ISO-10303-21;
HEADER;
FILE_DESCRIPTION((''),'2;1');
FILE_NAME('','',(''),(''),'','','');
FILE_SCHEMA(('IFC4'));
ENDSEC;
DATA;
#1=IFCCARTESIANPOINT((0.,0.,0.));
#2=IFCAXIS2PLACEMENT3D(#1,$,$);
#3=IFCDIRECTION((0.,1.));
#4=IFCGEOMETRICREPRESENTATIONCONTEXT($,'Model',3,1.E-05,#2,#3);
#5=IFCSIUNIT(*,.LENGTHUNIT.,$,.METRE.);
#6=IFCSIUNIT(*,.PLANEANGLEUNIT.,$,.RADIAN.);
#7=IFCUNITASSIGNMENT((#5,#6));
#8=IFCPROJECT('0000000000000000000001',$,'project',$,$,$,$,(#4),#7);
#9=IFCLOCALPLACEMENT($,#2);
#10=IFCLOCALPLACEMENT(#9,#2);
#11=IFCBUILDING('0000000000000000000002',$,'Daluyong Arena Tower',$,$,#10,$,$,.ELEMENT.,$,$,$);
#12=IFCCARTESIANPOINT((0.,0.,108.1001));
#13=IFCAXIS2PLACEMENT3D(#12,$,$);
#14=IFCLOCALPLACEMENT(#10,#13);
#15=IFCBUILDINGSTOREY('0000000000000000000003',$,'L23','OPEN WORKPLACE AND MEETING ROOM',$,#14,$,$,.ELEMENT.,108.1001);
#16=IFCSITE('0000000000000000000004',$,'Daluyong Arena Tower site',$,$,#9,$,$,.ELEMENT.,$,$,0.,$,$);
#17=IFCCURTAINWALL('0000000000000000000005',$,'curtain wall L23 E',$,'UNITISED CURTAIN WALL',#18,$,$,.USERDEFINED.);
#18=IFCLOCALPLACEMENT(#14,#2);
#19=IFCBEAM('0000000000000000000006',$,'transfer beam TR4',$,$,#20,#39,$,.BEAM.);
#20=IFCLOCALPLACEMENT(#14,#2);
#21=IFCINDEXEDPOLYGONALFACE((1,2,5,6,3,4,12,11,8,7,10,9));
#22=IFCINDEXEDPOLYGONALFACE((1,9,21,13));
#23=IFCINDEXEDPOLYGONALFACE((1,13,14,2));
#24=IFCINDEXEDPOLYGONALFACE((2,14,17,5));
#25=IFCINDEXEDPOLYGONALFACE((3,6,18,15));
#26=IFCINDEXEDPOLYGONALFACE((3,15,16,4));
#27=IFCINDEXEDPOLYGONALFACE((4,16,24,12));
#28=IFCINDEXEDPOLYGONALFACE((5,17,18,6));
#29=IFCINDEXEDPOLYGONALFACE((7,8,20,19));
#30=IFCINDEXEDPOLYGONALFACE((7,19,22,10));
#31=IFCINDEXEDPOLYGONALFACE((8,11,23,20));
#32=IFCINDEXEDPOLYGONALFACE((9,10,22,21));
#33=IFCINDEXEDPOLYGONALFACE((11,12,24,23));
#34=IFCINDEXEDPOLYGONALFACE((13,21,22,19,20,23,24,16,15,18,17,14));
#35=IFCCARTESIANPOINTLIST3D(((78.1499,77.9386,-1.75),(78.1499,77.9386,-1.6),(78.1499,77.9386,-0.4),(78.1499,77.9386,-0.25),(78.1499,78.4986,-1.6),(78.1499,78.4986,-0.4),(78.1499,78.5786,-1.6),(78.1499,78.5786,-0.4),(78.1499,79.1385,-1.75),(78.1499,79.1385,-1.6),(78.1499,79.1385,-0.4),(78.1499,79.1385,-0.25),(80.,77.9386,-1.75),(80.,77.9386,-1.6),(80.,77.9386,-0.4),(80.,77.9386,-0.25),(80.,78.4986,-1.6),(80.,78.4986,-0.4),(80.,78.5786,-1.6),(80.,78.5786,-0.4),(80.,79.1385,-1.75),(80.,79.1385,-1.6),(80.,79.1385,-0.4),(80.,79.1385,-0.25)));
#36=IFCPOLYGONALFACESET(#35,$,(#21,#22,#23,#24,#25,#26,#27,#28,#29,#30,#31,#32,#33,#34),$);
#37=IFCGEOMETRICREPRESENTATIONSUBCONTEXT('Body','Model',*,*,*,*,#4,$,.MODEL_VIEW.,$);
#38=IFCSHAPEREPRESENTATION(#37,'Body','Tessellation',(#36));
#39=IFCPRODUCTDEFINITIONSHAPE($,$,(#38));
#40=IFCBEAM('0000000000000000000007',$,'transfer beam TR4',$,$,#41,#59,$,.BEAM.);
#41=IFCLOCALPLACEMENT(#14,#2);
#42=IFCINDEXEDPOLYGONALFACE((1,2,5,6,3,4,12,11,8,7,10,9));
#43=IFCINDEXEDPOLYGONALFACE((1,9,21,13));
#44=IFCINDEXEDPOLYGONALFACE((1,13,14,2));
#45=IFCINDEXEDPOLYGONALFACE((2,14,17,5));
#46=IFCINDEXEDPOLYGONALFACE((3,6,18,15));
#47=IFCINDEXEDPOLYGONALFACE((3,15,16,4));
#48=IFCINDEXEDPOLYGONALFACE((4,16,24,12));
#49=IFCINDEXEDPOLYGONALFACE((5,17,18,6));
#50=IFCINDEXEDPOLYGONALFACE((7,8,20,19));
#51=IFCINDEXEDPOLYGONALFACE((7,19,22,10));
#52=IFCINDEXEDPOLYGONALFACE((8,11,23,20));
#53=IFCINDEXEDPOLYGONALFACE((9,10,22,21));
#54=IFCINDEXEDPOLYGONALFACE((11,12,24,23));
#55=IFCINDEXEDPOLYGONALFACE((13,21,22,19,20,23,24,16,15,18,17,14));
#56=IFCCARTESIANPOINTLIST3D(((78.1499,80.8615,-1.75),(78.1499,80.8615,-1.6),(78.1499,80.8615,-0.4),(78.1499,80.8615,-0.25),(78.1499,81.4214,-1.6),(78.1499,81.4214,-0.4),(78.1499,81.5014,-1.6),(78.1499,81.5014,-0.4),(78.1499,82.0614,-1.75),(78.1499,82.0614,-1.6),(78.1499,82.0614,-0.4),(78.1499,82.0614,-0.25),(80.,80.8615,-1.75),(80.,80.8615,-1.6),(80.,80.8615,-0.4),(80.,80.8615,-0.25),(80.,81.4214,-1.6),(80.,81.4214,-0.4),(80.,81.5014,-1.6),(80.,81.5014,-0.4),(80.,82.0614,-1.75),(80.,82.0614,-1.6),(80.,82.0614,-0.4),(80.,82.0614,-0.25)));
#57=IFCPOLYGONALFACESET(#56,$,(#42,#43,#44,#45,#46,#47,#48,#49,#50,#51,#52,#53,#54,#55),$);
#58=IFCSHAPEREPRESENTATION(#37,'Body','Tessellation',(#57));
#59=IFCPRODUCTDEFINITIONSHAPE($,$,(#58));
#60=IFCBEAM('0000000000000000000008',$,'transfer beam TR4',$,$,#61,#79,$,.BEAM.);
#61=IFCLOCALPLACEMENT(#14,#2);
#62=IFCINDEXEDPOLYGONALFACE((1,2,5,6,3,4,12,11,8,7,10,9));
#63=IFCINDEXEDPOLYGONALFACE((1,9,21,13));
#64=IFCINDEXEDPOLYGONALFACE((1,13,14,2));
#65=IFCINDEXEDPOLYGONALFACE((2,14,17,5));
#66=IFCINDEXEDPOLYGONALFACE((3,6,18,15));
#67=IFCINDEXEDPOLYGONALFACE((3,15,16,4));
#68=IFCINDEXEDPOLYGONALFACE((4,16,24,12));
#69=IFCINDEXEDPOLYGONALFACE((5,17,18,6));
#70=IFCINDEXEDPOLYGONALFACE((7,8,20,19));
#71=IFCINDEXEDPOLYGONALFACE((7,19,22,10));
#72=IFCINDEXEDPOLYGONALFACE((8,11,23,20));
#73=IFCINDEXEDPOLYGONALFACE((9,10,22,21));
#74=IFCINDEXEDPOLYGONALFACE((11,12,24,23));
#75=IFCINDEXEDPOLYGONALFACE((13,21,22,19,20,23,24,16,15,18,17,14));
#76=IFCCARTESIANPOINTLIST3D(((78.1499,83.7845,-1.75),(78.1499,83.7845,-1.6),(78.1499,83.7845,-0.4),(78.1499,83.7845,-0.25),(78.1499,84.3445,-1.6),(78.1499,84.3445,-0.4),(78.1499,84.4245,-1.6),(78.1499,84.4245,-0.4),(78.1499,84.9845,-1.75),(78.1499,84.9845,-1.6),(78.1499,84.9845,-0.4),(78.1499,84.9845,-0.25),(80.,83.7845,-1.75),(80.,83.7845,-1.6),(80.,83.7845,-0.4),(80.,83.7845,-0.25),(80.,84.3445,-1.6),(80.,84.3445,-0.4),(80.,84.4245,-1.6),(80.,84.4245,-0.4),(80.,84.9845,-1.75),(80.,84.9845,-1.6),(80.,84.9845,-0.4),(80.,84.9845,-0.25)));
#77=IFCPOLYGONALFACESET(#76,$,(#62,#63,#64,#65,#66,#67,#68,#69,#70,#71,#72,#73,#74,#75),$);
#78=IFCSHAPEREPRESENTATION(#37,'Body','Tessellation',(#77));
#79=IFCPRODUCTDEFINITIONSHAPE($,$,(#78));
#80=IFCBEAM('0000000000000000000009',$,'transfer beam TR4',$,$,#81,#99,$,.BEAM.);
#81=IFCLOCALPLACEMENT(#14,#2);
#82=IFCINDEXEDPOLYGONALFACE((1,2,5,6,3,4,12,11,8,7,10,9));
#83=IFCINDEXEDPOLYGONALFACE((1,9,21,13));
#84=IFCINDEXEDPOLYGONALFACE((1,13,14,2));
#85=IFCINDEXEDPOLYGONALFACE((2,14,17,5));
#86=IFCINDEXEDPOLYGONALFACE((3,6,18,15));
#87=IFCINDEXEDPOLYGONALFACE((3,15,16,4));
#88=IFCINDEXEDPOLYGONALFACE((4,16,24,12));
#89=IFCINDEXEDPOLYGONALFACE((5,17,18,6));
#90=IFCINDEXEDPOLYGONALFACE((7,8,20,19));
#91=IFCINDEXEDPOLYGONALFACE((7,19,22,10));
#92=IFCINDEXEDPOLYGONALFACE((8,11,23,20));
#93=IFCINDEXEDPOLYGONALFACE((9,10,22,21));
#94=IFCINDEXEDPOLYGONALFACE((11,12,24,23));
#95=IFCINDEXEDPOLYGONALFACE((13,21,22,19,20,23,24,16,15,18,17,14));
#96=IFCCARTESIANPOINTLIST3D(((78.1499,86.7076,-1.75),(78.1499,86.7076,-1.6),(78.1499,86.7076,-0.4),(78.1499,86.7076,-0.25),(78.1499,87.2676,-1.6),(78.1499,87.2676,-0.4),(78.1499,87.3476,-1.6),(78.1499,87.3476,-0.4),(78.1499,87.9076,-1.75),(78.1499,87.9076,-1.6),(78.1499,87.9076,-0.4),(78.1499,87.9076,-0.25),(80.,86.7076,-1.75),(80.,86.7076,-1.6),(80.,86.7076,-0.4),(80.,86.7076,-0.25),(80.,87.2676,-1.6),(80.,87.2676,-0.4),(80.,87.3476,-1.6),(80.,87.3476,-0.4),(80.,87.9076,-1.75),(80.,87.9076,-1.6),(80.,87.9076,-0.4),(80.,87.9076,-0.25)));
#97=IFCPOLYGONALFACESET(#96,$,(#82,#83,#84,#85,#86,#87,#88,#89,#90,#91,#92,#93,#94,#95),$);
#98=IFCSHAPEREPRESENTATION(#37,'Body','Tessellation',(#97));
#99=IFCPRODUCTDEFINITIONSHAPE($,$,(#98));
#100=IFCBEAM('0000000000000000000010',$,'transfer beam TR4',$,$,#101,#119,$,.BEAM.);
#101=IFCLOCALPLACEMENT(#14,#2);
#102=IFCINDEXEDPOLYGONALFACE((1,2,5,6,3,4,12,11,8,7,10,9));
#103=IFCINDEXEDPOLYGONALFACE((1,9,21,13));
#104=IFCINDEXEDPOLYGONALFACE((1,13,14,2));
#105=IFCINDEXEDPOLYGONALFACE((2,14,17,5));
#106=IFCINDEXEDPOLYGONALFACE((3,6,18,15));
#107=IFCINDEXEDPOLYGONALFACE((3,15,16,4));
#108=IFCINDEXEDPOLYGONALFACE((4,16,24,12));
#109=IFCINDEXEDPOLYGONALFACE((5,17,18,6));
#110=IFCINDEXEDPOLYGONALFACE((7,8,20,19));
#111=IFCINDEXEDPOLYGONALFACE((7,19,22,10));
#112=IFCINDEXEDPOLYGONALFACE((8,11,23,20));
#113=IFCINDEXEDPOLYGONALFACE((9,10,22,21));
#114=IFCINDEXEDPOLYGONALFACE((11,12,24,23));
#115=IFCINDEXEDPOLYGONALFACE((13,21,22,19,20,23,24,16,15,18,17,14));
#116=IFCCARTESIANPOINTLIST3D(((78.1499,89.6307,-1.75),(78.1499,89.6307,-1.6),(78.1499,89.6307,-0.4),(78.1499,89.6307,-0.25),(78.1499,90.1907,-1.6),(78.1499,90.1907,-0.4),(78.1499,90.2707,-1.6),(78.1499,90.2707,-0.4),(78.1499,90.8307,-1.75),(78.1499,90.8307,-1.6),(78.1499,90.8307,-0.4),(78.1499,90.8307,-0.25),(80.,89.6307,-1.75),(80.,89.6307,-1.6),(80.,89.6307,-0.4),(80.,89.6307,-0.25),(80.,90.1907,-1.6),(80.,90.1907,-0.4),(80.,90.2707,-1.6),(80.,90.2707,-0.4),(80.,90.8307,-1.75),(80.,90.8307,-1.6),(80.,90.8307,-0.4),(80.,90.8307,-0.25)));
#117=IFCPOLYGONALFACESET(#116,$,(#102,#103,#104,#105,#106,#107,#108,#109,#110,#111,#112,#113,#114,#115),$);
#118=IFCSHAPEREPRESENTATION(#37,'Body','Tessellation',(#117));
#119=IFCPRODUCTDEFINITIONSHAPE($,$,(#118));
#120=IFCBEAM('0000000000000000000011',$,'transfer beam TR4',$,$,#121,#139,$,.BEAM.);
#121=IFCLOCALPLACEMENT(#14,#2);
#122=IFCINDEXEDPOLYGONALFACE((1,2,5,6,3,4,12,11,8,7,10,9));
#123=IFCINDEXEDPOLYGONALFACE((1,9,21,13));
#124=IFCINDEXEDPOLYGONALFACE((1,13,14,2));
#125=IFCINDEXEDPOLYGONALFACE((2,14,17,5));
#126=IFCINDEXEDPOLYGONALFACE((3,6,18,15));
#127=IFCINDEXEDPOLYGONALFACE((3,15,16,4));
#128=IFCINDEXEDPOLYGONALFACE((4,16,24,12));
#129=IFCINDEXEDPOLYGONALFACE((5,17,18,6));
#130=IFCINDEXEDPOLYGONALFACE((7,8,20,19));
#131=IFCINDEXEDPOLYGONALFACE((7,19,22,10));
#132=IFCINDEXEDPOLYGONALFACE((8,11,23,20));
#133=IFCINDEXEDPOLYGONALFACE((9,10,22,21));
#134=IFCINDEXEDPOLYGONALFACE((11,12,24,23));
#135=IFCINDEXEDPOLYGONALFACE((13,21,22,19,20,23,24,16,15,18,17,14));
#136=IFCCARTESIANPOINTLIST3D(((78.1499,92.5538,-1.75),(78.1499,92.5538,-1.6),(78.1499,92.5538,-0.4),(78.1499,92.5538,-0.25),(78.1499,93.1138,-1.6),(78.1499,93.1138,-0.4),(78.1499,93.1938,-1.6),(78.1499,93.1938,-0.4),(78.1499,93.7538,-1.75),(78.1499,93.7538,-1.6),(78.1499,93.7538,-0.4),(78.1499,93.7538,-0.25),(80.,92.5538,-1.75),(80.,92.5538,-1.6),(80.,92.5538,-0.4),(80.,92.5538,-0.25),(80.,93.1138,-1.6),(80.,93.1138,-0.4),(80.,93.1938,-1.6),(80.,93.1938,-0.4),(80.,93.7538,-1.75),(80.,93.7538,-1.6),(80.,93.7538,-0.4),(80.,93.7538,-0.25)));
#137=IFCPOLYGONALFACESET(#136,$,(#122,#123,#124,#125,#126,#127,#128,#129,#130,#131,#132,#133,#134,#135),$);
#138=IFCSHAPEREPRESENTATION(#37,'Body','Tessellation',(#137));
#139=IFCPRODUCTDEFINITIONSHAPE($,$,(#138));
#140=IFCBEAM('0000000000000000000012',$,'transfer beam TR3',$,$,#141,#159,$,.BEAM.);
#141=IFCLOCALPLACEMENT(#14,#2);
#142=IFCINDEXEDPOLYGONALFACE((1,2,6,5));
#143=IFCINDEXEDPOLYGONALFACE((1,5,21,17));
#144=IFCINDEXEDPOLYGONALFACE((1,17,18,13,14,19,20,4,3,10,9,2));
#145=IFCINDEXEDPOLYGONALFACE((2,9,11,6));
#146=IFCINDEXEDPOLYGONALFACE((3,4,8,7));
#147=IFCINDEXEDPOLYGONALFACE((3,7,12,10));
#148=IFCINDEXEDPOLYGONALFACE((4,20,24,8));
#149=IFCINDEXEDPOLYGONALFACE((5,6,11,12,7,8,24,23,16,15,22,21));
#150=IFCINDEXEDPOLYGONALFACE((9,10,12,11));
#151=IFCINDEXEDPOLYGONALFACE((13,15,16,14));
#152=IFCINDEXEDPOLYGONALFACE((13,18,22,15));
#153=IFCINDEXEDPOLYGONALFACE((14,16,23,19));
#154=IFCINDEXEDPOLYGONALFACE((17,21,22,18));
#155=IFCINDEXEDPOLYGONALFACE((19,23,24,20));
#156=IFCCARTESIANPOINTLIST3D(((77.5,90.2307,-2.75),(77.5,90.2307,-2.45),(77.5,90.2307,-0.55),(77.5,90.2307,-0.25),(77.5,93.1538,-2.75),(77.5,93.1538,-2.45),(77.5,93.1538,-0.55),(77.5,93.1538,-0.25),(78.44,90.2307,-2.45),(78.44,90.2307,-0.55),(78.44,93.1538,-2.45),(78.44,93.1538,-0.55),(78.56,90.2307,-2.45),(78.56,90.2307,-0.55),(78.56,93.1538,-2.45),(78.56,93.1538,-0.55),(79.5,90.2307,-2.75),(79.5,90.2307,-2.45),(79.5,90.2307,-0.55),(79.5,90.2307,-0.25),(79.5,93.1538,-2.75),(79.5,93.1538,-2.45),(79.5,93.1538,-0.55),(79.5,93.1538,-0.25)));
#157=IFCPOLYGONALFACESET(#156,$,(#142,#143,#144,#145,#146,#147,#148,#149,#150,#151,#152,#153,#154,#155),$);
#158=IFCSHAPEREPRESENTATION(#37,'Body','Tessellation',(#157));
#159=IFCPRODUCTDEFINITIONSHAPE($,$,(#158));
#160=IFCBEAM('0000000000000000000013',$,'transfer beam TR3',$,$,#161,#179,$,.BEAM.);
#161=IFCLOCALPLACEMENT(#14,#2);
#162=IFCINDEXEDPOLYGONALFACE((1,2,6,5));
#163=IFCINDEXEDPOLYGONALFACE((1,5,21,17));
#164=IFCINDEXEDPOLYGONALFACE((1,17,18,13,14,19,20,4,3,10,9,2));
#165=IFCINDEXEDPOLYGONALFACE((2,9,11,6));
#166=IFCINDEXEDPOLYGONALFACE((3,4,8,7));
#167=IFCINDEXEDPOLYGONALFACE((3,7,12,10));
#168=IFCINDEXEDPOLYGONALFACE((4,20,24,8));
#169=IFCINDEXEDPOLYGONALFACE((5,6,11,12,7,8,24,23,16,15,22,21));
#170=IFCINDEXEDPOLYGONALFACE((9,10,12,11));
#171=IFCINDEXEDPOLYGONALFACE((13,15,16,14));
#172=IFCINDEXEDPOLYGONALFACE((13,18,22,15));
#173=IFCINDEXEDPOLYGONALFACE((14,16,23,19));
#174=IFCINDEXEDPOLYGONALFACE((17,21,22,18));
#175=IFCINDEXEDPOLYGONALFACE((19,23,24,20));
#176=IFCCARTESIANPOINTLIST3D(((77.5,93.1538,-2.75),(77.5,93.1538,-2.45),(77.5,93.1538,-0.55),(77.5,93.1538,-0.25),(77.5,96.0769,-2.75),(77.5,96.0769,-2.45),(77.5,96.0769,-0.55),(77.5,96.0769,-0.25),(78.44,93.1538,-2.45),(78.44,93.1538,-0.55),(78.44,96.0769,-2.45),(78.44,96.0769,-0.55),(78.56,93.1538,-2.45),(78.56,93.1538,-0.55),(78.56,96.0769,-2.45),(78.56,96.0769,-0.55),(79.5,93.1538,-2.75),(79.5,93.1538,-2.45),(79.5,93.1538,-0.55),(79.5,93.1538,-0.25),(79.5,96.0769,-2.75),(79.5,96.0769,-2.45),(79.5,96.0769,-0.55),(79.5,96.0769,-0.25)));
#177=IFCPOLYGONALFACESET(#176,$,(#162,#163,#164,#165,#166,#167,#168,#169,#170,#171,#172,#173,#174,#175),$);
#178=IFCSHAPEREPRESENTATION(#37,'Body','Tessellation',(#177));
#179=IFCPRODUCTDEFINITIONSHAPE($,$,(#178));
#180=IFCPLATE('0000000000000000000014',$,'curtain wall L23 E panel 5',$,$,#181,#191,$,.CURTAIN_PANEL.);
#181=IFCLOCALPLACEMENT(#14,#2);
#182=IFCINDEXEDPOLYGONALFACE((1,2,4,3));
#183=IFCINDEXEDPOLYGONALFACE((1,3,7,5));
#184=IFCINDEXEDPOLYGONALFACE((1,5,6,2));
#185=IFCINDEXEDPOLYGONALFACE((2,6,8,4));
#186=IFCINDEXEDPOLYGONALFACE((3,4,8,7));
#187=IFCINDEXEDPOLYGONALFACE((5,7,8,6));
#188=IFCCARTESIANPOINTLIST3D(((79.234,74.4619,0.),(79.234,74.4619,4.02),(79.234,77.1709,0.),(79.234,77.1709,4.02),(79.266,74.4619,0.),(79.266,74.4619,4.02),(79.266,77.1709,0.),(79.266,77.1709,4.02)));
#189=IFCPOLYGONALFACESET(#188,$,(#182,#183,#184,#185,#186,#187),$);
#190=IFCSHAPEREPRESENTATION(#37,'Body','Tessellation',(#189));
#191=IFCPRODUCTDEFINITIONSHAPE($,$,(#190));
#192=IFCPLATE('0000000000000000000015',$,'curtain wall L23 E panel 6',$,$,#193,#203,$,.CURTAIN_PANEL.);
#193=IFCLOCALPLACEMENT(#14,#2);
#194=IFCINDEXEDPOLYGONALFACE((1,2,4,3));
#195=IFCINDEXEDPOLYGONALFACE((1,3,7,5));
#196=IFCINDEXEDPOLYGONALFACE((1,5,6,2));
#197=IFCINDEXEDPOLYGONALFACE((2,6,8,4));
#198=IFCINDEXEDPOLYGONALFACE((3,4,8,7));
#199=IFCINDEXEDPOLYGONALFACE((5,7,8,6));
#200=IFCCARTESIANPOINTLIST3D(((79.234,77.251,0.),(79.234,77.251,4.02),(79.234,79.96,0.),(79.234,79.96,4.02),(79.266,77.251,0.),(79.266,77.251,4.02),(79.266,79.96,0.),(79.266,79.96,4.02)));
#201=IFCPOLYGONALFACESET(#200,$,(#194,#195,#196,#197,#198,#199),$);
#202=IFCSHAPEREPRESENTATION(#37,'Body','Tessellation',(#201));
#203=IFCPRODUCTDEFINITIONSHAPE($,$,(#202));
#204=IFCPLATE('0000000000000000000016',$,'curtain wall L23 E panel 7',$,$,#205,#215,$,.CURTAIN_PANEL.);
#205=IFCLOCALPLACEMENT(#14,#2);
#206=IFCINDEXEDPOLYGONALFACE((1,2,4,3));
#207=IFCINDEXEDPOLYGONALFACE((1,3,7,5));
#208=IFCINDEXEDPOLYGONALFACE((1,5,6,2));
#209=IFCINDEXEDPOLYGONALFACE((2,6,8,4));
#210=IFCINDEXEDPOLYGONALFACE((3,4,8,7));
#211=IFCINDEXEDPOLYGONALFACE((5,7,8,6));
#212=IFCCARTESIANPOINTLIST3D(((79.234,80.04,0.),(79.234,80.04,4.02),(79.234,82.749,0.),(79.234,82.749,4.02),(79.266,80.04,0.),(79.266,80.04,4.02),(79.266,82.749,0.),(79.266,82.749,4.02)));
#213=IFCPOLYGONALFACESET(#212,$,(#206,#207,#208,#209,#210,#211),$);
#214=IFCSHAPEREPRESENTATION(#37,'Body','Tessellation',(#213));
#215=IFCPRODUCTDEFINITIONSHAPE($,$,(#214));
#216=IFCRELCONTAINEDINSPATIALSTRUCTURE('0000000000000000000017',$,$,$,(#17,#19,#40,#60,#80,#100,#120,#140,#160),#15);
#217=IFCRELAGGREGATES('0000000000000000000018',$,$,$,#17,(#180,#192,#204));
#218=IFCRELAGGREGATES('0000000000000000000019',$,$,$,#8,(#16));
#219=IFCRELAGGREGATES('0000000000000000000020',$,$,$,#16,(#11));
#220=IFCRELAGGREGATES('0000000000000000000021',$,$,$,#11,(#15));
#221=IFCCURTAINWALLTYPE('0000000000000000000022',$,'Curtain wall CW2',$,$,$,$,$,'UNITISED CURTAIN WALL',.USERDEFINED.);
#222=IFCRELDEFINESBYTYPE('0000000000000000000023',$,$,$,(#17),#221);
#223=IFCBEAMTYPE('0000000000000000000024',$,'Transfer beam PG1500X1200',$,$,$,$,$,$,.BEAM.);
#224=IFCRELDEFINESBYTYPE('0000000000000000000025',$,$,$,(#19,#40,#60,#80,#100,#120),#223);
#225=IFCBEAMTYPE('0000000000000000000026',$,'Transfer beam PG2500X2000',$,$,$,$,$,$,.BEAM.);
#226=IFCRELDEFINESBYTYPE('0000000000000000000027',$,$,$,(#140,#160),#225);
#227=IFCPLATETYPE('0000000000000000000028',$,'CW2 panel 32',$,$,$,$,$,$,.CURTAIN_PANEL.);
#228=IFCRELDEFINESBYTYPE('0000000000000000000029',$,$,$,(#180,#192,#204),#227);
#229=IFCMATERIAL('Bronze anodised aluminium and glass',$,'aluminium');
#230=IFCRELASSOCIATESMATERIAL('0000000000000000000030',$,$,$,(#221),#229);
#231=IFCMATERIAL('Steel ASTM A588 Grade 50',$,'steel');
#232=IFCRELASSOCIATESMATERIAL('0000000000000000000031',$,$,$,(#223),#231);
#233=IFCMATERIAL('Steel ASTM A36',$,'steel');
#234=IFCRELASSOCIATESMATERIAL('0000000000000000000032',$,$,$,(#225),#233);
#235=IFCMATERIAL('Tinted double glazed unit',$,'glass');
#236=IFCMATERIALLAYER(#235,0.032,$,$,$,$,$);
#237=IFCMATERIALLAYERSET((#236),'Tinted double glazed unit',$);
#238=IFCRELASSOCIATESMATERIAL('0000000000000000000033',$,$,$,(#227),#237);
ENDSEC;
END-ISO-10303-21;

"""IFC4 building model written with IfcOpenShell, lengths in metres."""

from ifc_helpers import new_model, si_unit, direction, frame, origin, origin_2d, place, context, subcontext, project, spatial, rectangle, i_section, extrude, material, layer, layer_set, material_profile, profile_set, type_object, element, aggregate, save


model = new_model("IFC4")

# Units and contexts
model_context = context("Model", 3, precision=1e-05, world=origin(), true_north=direction((0.0, 1.0)))
body_context = subcontext(model_context, "Body", "Model", "MODEL_VIEW")
ifc_project = project(units=[si_unit("LENGTHUNIT", "METRE"), si_unit("PLANEANGLEUNIT", "RADIAN")], contexts=[model_context])

# Site, building, storey
site_placement = place(None, origin())
site = spatial("IfcSite", under=ifc_project, at=site_placement, Name="Daluyong Arena Tower site", CompositionType="ELEMENT", RefElevation=0.0)
building_placement = place(site_placement, origin())
building = spatial("IfcBuilding", under=site, at=building_placement, Name="Daluyong Arena Tower", CompositionType="ELEMENT")
storey_placement = place(building_placement, frame((0.0, 0.0, 108.1001)))
storey = spatial("IfcBuildingStorey", under=building, at=storey_placement, Name="L23", Description="OPEN WORKPLACE AND MEETING ROOM", CompositionType="ELEMENT", Elevation=108.1001)

# Curtain wall
ifc_material_1 = material(Name="Bronze anodised aluminium and glass", Category="aluminium")
curtain_wall_type = type_object("IfcCurtainWallType", Name="Curtain wall CW2", ElementType="UNITISED CURTAIN WALL", PredefinedType="USERDEFINED", material=ifc_material_1)
curtain_wall_placement = place(storey_placement, origin())
curtain_wall = element("IfcCurtainWall", 1, at=curtain_wall_placement, inside=storey, type_object=curtain_wall_type, Name="curtain wall L23 E", ObjectType="UNITISED CURTAIN WALL", PredefinedType="USERDEFINED")

# Beams
ifc_material_2 = material(Name="Steel ASTM A588 Grade 50", Category="steel")
ifc_material_profile_1 = material_profile(ifc_material_2, i_section(OverallWidth=1.2, OverallDepth=1.5, WebThickness=0.08, FlangeThickness=0.15, at=origin_2d()))
ifc_profile_set_1 = profile_set([ifc_material_profile_1], Name="Steel ASTM A588 Grade 50")
beam_type_1 = type_object("IfcBeamType", Name="Transfer beam PG1500X1200", PredefinedType="BEAM", material=ifc_profile_set_1)
for number, where, z_axis, x_axis, name in (
    (2, (80.0, 78.5386, -1.0), (-1.0, 0.0, 0.0), (0.0, -1.0, 0.0), "transfer beam TR4"),
    (3, (80.0, 81.4614, -1.0), (-1.0, 0.0, 0.0), (0.0, -1.0, 0.0), "transfer beam TR4"),
    (4, (80.0, 84.3845, -1.0), (-1.0, 0.0, 0.0), (0.0, -1.0, 0.0), "transfer beam TR4"),
    (5, (80.0, 87.3076, -1.0), (-1.0, 0.0, 0.0), (0.0, -1.0, 0.0), "transfer beam TR4"),
    (6, (80.0, 90.2307, -1.0), (-1.0, 0.0, 0.0), (0.0, -1.0, 0.0), "transfer beam TR4"),
    (7, (80.0, 93.1538, -1.0), (-1.0, 0.0, 0.0), (0.0, -1.0, 0.0), "transfer beam TR4"),
):
    element("IfcBeam", number, at=place(storey_placement, frame(where, z_axis=z_axis, x_axis=x_axis)), inside=storey, type_object=beam_type_1, Name=name, PredefinedType="BEAM", context=body_context, shape_type="SweptSolid", body=[
        extrude(i_section(OverallWidth=1.2, OverallDepth=1.5, WebThickness=0.08, FlangeThickness=0.15, at=origin_2d()), origin(), (0.0, 0.0, 1.0), 1.8501),
    ])
ifc_material_3 = material(Name="Steel ASTM A36", Category="steel")
ifc_material_profile_2 = material_profile(ifc_material_3, i_section(OverallWidth=2.0, OverallDepth=2.5, WebThickness=0.12, FlangeThickness=0.3, at=origin_2d()))
ifc_profile_set_2 = profile_set([ifc_material_profile_2], Name="Steel ASTM A36")
beam_type_2 = type_object("IfcBeamType", Name="Transfer beam PG2500X2000", PredefinedType="BEAM", material=ifc_profile_set_2)
for number, where, z_axis, x_axis, name in (
    (8, (78.5, 90.2307, -1.5), (0.0, 1.0, 0.0), (-1.0, 0.0, 0.0), "transfer beam TR3"),
    (9, (78.5, 93.1538, -1.5), (0.0, 1.0, 0.0), (-1.0, 0.0, 0.0), "transfer beam TR3"),
):
    element("IfcBeam", number, at=place(storey_placement, frame(where, z_axis=z_axis, x_axis=x_axis)), inside=storey, type_object=beam_type_2, Name=name, PredefinedType="BEAM", context=body_context, shape_type="SweptSolid", body=[
        extrude(i_section(OverallWidth=2.0, OverallDepth=2.5, WebThickness=0.12, FlangeThickness=0.3, at=origin_2d()), origin(), (0.0, 0.0, 1.0), 2.9231),
    ])

# Plates
ifc_material_4 = material(Name="Tinted double glazed unit", Category="glass")
ifc_layer = layer(ifc_material_4, 0.032)
ifc_layer_set = layer_set([ifc_layer], Name="Tinted double glazed unit")
plate_type = type_object("IfcPlateType", Name="CW2 panel 32", PredefinedType="CURTAIN_PANEL", material=ifc_layer_set)
plate_1_placement = place(storey_placement, frame((79.25, 75.8164, 0.0), z_axis=(0.0, 0.0, 1.0), x_axis=(0.0, 1.0, 0.0)))
plate_1 = element("IfcPlate", 10, at=plate_1_placement, type_object=plate_type, Name="curtain wall L23 E panel 5", PredefinedType="CURTAIN_PANEL", context=body_context, shape_type="SweptSolid", body=[
    extrude(rectangle(XDim=2.709, YDim=0.032, at=origin_2d()), origin(), (0.0, 0.0, 1.0), 4.02),
])
plate_2_placement = place(storey_placement, frame((79.25, 78.6055, 0.0), z_axis=(0.0, 0.0, 1.0), x_axis=(0.0, 1.0, 0.0)))
plate_2 = element("IfcPlate", 11, at=plate_2_placement, type_object=plate_type, Name="curtain wall L23 E panel 6", PredefinedType="CURTAIN_PANEL", context=body_context, shape_type="SweptSolid", body=[
    extrude(rectangle(XDim=2.709, YDim=0.032, at=origin_2d()), origin(), (0.0, 0.0, 1.0), 4.02),
])
plate_3_placement = place(storey_placement, frame((79.25, 81.3945, 0.0), z_axis=(0.0, 0.0, 1.0), x_axis=(0.0, 1.0, 0.0)))
plate_3 = element("IfcPlate", 12, at=plate_3_placement, type_object=plate_type, Name="curtain wall L23 E panel 7", PredefinedType="CURTAIN_PANEL", context=body_context, shape_type="SweptSolid", body=[
    extrude(rectangle(XDim=2.709, YDim=0.032, at=origin_2d()), origin(), (0.0, 0.0, 1.0), 4.02),
])
aggregate(curtain_wall, [plate_1, plate_2, plate_3])

save(model, "model.ifc")
